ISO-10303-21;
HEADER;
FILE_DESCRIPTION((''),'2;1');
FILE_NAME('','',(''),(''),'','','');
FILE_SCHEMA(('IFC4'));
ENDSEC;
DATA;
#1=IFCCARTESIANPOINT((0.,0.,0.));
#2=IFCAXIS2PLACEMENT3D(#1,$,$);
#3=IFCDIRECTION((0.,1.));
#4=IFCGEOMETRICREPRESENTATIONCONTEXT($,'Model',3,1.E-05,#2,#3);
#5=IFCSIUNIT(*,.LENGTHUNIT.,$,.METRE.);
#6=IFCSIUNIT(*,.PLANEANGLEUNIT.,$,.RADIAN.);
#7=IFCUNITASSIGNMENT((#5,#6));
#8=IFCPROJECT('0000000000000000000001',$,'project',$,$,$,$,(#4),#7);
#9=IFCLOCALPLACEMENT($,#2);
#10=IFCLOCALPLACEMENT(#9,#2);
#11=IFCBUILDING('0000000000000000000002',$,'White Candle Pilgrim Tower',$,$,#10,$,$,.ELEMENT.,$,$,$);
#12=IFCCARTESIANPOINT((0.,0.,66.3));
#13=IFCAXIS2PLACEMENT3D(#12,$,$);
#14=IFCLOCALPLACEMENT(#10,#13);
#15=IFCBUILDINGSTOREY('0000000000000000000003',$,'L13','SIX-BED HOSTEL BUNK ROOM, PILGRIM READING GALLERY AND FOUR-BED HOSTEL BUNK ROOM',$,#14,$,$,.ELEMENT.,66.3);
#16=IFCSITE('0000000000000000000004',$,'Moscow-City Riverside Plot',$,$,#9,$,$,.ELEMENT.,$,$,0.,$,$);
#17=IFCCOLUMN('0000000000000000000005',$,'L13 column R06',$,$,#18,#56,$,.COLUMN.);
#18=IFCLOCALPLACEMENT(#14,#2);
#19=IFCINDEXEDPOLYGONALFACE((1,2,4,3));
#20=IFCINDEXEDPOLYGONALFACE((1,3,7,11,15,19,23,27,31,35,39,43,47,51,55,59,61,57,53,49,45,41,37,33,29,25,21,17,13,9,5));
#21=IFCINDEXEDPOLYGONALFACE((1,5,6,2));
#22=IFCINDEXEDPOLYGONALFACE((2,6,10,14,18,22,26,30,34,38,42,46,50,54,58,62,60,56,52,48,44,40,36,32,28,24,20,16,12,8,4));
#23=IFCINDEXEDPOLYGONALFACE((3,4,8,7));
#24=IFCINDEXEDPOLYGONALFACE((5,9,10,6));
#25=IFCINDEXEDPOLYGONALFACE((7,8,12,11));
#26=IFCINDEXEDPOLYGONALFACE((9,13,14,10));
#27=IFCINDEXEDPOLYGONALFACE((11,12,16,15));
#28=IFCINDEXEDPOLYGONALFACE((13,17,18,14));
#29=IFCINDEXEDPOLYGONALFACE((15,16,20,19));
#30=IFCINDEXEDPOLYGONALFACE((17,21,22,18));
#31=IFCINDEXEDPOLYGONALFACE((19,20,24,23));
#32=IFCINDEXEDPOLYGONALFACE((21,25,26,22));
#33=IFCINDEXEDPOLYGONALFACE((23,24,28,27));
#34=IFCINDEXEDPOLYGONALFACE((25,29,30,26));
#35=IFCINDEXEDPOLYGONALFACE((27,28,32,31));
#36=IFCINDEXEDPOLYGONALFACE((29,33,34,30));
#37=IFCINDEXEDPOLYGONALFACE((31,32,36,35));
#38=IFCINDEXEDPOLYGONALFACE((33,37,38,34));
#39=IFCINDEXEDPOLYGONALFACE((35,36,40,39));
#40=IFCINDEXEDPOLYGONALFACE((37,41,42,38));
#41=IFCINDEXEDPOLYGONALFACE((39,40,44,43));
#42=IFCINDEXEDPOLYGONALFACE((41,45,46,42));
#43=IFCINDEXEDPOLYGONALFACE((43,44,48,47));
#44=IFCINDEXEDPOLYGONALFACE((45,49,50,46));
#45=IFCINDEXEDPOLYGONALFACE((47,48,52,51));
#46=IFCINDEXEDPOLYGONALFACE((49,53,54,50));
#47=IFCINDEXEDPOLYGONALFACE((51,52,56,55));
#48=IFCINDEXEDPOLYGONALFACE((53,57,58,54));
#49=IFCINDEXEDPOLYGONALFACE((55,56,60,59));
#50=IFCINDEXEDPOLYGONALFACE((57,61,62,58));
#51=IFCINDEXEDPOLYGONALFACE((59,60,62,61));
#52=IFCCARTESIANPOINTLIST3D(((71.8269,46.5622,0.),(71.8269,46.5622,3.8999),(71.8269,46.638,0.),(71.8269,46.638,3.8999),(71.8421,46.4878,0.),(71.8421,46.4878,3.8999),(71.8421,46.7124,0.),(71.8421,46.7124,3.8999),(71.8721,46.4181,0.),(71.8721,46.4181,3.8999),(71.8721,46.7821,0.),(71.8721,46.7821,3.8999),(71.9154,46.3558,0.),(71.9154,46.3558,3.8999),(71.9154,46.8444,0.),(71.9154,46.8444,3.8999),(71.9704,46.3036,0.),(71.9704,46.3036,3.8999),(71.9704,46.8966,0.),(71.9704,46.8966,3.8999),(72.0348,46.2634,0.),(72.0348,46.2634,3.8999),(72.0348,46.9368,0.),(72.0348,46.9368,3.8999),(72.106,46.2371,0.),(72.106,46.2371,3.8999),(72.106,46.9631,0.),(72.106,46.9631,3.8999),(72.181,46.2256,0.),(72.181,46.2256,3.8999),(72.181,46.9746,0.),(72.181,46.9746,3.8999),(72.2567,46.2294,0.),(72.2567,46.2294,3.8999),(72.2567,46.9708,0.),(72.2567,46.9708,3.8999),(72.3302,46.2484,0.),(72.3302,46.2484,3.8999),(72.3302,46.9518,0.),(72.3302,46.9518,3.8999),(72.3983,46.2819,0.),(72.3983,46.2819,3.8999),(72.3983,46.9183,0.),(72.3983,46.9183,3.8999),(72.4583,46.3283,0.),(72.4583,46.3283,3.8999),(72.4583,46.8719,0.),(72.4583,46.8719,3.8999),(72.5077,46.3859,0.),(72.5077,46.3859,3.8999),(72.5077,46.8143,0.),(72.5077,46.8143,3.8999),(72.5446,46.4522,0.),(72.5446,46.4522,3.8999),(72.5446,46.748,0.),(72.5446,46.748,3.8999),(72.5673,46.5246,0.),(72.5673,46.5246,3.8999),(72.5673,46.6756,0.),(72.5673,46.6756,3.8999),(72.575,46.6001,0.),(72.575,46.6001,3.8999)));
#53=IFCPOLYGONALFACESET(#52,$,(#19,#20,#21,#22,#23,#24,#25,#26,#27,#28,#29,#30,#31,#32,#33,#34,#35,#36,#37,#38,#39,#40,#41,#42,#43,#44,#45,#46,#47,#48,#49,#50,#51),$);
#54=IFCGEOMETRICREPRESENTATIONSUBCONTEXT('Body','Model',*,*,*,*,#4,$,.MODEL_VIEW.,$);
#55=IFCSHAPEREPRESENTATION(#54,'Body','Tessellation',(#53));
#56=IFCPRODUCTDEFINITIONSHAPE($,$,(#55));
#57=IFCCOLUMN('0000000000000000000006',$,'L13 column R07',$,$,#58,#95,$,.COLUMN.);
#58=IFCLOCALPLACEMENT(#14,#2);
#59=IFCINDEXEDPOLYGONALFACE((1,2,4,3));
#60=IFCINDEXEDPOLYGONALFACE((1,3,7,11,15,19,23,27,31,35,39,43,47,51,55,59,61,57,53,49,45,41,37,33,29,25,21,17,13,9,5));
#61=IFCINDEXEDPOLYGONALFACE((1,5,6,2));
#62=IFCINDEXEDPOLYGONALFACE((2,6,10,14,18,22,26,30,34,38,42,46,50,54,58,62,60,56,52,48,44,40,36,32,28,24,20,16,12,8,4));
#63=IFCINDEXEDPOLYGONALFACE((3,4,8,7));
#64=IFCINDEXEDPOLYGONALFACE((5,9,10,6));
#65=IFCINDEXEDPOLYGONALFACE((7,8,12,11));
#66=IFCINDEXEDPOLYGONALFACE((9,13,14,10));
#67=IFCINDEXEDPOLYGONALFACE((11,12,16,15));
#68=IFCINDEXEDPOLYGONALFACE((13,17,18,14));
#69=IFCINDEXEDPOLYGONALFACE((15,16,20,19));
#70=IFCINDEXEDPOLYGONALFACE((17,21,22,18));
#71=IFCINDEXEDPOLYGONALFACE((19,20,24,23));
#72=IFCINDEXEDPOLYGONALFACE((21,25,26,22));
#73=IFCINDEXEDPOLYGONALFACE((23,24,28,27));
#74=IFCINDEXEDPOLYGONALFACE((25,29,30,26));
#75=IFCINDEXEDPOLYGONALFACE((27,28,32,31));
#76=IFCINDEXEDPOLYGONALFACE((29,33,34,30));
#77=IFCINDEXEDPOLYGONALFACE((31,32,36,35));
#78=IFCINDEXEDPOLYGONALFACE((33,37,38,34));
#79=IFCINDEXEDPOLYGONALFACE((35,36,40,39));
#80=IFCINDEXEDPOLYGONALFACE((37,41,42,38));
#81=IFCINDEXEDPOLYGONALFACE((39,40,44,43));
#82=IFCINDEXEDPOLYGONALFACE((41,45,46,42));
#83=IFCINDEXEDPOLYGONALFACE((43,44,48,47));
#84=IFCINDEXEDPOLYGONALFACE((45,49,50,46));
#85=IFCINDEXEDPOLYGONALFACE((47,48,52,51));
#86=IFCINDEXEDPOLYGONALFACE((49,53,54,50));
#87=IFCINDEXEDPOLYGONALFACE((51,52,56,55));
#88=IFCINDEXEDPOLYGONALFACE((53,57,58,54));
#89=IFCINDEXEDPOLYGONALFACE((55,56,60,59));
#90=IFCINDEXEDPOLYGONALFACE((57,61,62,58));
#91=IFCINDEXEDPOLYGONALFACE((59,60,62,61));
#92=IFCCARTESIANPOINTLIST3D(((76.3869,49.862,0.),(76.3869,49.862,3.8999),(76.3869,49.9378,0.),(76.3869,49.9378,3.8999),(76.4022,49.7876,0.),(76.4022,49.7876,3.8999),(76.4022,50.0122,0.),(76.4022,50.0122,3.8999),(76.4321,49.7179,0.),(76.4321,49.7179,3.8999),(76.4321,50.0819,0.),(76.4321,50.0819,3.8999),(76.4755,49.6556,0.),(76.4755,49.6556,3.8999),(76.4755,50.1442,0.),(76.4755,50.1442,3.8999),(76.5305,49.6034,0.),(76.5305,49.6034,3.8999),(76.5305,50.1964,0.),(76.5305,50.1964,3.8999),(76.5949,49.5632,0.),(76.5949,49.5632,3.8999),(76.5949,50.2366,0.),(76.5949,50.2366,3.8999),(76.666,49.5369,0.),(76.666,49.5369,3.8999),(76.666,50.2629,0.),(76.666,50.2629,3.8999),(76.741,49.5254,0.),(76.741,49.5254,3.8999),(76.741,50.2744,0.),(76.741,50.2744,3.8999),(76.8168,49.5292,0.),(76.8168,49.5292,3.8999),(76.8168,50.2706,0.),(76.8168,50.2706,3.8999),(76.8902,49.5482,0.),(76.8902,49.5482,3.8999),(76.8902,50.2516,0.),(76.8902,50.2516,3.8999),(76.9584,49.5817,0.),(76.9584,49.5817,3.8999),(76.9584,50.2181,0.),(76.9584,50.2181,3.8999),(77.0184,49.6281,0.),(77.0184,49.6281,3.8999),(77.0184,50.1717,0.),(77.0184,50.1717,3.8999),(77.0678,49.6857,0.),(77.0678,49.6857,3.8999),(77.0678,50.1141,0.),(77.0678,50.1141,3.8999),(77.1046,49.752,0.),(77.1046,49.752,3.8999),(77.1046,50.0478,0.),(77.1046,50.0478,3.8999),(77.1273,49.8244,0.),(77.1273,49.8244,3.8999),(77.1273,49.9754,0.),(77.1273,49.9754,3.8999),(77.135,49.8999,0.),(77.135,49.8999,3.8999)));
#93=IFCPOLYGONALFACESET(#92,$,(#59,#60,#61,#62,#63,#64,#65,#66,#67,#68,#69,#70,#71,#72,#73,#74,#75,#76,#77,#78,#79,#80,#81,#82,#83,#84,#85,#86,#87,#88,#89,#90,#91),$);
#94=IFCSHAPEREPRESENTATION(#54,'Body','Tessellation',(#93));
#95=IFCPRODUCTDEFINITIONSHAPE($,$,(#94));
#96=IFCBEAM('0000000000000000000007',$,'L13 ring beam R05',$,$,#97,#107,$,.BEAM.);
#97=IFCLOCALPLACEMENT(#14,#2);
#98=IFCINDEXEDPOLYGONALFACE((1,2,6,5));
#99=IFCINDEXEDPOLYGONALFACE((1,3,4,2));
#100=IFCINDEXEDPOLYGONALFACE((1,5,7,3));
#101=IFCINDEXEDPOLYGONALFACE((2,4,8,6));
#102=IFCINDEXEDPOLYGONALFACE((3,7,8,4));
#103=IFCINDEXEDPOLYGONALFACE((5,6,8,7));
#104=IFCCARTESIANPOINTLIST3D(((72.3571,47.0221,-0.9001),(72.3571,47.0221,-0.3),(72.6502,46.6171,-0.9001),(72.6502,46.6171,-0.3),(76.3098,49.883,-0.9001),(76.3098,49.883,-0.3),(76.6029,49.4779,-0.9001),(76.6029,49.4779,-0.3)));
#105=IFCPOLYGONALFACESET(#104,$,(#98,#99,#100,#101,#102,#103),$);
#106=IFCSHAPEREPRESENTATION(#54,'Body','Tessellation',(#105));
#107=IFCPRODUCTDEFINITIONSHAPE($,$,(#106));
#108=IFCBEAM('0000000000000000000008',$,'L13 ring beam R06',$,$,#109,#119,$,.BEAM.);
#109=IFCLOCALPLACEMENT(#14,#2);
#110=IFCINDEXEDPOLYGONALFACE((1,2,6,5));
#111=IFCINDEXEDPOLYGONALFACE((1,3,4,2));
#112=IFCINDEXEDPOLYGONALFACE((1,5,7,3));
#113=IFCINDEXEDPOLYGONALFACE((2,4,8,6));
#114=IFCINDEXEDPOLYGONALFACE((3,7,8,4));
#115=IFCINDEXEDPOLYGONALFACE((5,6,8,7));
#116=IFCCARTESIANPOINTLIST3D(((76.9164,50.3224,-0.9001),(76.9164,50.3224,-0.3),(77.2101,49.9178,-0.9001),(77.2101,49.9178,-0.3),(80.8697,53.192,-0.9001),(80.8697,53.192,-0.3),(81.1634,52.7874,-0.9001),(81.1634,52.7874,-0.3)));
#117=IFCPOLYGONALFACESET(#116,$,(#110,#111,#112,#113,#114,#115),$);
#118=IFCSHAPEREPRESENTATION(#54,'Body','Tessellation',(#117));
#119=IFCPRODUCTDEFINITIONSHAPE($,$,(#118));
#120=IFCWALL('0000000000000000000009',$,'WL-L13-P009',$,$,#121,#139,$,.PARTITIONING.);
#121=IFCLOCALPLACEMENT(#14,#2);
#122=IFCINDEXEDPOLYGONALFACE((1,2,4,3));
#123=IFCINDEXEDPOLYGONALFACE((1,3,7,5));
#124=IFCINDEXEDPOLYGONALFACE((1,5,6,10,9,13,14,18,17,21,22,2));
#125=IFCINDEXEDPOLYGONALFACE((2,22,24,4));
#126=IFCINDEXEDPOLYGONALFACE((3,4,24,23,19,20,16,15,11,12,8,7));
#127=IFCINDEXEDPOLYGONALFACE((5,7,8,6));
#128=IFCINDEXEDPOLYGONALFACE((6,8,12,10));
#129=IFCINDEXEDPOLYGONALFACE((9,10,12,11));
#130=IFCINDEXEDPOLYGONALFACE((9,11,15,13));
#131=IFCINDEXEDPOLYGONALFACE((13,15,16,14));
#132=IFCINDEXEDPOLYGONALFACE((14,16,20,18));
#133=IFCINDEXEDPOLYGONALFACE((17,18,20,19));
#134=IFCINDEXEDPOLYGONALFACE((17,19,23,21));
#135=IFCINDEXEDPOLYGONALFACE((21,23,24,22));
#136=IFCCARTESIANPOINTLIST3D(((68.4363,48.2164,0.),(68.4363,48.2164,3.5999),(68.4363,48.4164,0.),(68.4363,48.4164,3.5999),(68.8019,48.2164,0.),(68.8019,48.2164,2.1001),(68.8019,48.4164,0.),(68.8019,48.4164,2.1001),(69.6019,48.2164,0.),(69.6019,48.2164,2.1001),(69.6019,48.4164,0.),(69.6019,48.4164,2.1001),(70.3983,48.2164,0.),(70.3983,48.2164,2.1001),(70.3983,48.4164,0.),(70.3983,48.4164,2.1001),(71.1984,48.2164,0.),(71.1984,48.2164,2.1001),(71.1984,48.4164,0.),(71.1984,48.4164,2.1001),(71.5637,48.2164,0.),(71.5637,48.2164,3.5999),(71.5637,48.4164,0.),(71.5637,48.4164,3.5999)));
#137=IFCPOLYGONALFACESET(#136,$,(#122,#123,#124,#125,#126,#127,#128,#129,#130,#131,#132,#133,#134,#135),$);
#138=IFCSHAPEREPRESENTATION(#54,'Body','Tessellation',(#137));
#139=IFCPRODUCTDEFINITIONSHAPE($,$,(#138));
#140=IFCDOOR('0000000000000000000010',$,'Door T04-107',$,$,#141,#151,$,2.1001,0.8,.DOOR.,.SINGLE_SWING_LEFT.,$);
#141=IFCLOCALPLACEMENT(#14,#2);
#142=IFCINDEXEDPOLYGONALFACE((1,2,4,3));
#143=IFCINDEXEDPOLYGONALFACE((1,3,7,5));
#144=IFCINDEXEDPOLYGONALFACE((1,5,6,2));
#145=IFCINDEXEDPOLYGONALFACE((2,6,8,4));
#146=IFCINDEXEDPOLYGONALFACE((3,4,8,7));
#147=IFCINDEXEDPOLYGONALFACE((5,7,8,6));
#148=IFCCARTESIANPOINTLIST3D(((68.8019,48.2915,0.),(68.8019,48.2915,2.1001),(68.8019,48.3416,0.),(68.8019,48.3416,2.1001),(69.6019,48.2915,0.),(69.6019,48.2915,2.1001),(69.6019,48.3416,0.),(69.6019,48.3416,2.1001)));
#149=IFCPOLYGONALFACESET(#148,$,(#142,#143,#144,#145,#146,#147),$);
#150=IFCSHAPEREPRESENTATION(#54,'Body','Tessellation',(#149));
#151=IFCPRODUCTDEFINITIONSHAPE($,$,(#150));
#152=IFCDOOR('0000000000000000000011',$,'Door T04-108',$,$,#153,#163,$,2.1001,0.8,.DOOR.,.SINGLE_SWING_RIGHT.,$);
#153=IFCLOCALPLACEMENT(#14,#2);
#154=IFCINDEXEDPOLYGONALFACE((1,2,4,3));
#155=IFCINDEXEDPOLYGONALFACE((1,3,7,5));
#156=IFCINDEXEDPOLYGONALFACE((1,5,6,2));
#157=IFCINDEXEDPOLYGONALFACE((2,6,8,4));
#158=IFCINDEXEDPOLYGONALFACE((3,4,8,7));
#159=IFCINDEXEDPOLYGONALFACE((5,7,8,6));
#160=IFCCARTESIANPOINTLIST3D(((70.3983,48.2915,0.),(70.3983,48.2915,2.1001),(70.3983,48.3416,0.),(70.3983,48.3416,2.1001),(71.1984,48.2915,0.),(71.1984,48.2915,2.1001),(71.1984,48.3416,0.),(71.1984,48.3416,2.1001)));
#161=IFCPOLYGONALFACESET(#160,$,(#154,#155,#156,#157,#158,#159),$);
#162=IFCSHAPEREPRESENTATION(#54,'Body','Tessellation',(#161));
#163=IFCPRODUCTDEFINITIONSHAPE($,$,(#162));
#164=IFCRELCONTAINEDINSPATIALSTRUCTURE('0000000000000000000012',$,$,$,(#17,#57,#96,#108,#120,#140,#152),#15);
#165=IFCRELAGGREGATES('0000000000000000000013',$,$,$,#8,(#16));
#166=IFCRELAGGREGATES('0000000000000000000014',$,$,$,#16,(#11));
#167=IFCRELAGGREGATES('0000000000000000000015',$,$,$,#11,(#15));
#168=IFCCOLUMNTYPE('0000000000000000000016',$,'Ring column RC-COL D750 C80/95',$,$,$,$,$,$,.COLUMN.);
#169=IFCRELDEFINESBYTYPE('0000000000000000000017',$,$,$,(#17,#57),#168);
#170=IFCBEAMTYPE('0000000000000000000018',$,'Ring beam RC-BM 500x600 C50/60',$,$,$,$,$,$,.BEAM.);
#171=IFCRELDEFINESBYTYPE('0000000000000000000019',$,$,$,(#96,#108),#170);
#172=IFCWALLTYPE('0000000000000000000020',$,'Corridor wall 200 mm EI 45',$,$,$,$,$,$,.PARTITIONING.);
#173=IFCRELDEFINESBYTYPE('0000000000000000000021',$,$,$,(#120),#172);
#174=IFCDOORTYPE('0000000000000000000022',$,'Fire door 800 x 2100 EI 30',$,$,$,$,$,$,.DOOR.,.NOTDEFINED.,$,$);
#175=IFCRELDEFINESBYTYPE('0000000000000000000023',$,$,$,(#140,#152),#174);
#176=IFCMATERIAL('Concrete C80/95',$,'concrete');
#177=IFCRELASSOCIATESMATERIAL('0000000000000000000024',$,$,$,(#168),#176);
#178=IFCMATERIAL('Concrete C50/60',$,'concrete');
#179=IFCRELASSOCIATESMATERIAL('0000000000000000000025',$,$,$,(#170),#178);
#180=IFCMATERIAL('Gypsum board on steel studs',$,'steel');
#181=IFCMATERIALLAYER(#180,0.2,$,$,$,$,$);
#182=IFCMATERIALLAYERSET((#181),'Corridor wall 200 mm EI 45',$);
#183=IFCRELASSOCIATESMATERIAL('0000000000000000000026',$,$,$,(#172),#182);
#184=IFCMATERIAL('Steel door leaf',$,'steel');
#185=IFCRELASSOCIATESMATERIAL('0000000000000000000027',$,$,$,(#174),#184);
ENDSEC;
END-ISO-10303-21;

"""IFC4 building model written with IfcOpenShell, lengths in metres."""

from ifc_helpers import new_model, si_unit, direction, frame, frame_2d, origin, origin_2d, place, context, subcontext, project, spatial, rectangle, circle, extrude, material, layer, layer_set, material_profile, profile_set, type_object, element, fill, save


model = new_model("IFC4")

# Units and contexts
model_context = context("Model", 3, precision=1e-05, world=origin(), true_north=direction((0.0, 1.0)))
body_context = subcontext(model_context, "Body", "Model", "MODEL_VIEW")
ifc_project = project(units=[si_unit("LENGTHUNIT", "METRE"), si_unit("PLANEANGLEUNIT", "RADIAN")], contexts=[model_context])

# Site, building, storey
site_placement = place(None, origin())
site = spatial("IfcSite", under=ifc_project, at=site_placement, Name="Moscow-City Riverside Plot", CompositionType="ELEMENT", RefElevation=0.0)
building_placement = place(site_placement, origin())
building = spatial("IfcBuilding", under=site, at=building_placement, Name="White Candle Pilgrim Tower", CompositionType="ELEMENT")
storey_placement = place(building_placement, frame((0.0, 0.0, 66.3)))
storey = spatial("IfcBuildingStorey", under=building, at=storey_placement, Name="L13", Description="SIX-BED HOSTEL BUNK ROOM, PILGRIM READING GALLERY AND FOUR-BED HOSTEL BUNK ROOM", CompositionType="ELEMENT", Elevation=66.3)

# Columns
ifc_material_1 = material(Name="Concrete C80/95", Category="concrete")
ifc_material_profile_1 = material_profile(ifc_material_1, circle(Radius=0.375, at=origin_2d()), Name="RC-COL D750")
ifc_profile_set_1 = profile_set([ifc_material_profile_1], Name="Concrete C80/95")
column_type = type_object("IfcColumnType", Name="Ring column RC-COL D750 C80/95", PredefinedType="COLUMN", material=ifc_profile_set_1)
for number, where, z_axis, x_axis, name in (
    (1, (72.2, 46.6001, 0.0), (0.0, 0.0, 1.0), (1.0, 0.0, 0.0), "L13 column R06"),
    (2, (76.76, 49.8999, 0.0), (0.0, 0.0, 1.0), (1.0, 0.0, 0.0), "L13 column R07"),
):
    element("IfcColumn", number, at=place(storey_placement, frame(where, z_axis=z_axis, x_axis=x_axis)), inside=storey, type_object=column_type, Name=name, PredefinedType="COLUMN", context=body_context, shape_type="SweptSolid", body=[
        extrude(circle(Radius=0.375, at=origin_2d()), origin(), (0.0, 0.0, 1.0), 3.8999),
    ])

# Beams
ifc_material_2 = material(Name="Concrete C50/60", Category="concrete")
ifc_material_profile_2 = material_profile(ifc_material_2, rectangle(XDim=0.5, YDim=0.6001, at=origin_2d()), Name="RC-BM 500x600")
ifc_profile_set_2 = profile_set([ifc_material_profile_2], Name="Concrete C50/60")
beam_type = type_object("IfcBeamType", Name="Ring beam RC-BM 500x600 C50/60", PredefinedType="BEAM", material=ifc_profile_set_2)
beam_1_placement = place(storey_placement, frame((72.5037, 46.8196, -0.6001), z_axis=(0.81008, 0.58632, 0.0), x_axis=(-0.58632, 0.81008, 0.0)))
element("IfcBeam", 3, at=beam_1_placement, inside=storey, type_object=beam_type, Name="L13 ring beam R05", PredefinedType="BEAM", context=body_context, shape_type="SweptSolid", body=[
    extrude(rectangle(XDim=0.5, YDim=0.6001, at=origin_2d()), origin(), (0.0, 0.0, 1.0), 4.8794),
])
beam_2_placement = place(storey_placement, frame((77.0632, 50.1201, -0.6001), z_axis=(0.809276, 0.587429, 0.0), x_axis=(-0.587429, 0.809276, 0.0)))
element("IfcBeam", 4, at=beam_2_placement, inside=storey, type_object=beam_type, Name="L13 ring beam R06", PredefinedType="BEAM", context=body_context, shape_type="SweptSolid", body=[
    extrude(rectangle(XDim=0.5, YDim=0.6001, at=origin_2d()), origin(), (0.0, 0.0, 1.0), 4.885),
])

# Wall, openings, doors
ifc_material_3 = material(Name="Gypsum board on steel studs", Category="steel")
ifc_layer_1 = layer(ifc_material_3, 0.2)
ifc_layer_set_1 = layer_set([ifc_layer_1], Name="Corridor wall 200 mm EI 45")
wall_type_1 = type_object("IfcWallType", Name="Corridor wall 200 mm EI 45", PredefinedType="PARTITIONING", material=ifc_layer_set_1)
wall_1_placement = place(storey_placement, frame((71.5637, 48.3164, 0.0), z_axis=(0.0, 0.0, 1.0), x_axis=(-1.0, 0.0, 0.0)))
wall_1 = element("IfcWall", 5, at=wall_1_placement, inside=storey, type_object=wall_type_1, Name="WL-L13-P009", PredefinedType="PARTITIONING", context=body_context, shape_type="SweptSolid", body=[
    extrude(rectangle(XDim=3.1274, YDim=0.2, at=frame_2d((1.5637, 0.0))), origin(), (0.0, 0.0, 1.0), 3.5999),
])
opening_1_placement = place(wall_1_placement, frame((1.9619, 0.0, 0.0)))
opening_1 = element("IfcOpeningElement", 6, at=opening_1_placement, cuts=wall_1, PredefinedType="OPENING", context=body_context, shape_type="SweptSolid", body=[
    extrude(rectangle(XDim=0.8, YDim=2.1001, at=frame_2d((0.3999, 1.05))), frame((0.0, 0.1099, 0.0), z_axis=(0.0, -1.0, 0.0), x_axis=(1.0, 0.0, 0.0)), (0.0, 0.0, 1.0), 0.22),
])
opening_2_placement = place(wall_1_placement, frame((0.3655, 0.0, 0.0)))
opening_2 = element("IfcOpeningElement", 7, at=opening_2_placement, cuts=wall_1, PredefinedType="OPENING", context=body_context, shape_type="SweptSolid", body=[
    extrude(rectangle(XDim=0.8, YDim=2.1001, at=frame_2d((0.3999, 1.05))), frame((0.0, 0.1099, 0.0), z_axis=(0.0, -1.0, 0.0), x_axis=(1.0, 0.0, 0.0)), (0.0, 0.0, 1.0), 0.22),
])
ifc_material_4 = material(Name="Steel door leaf", Category="steel")
door_type_1 = type_object("IfcDoorType", Name="Fire door 800 x 2100 EI 30", OperationType="NOTDEFINED", PredefinedType="DOOR", material=ifc_material_4)
door_1_placement = place(opening_1_placement, origin())
door_1 = element("IfcDoor", 8, at=door_1_placement, inside=storey, type_object=door_type_1, Name="Door T04-107", OperationType="SINGLE_SWING_LEFT", OverallHeight=2.1001, OverallWidth=0.8, PredefinedType="DOOR", context=body_context, shape_type="SweptSolid", body=[
    extrude(rectangle(XDim=0.8, YDim=2.1001, at=frame_2d((0.3999, 1.05))), frame((0.0, 0.0249, 0.0), z_axis=(0.0, -1.0, 0.0), x_axis=(1.0, 0.0, 0.0)), (0.0, 0.0, 1.0), 0.05),
])
fill(opening_1, door_1)
door_2_placement = place(opening_2_placement, origin())
door_2 = element("IfcDoor", 9, at=door_2_placement, inside=storey, type_object=door_type_1, Name="Door T04-108", OperationType="SINGLE_SWING_RIGHT", OverallHeight=2.1001, OverallWidth=0.8, PredefinedType="DOOR", context=body_context, shape_type="SweptSolid", body=[
    extrude(rectangle(XDim=0.8, YDim=2.1001, at=frame_2d((0.3999, 1.05))), frame((0.0, 0.0249, 0.0), z_axis=(0.0, -1.0, 0.0), x_axis=(1.0, 0.0, 0.0)), (0.0, 0.0, 1.0), 0.05),
])
fill(opening_2, door_2)

save(model, "model.ifc")
